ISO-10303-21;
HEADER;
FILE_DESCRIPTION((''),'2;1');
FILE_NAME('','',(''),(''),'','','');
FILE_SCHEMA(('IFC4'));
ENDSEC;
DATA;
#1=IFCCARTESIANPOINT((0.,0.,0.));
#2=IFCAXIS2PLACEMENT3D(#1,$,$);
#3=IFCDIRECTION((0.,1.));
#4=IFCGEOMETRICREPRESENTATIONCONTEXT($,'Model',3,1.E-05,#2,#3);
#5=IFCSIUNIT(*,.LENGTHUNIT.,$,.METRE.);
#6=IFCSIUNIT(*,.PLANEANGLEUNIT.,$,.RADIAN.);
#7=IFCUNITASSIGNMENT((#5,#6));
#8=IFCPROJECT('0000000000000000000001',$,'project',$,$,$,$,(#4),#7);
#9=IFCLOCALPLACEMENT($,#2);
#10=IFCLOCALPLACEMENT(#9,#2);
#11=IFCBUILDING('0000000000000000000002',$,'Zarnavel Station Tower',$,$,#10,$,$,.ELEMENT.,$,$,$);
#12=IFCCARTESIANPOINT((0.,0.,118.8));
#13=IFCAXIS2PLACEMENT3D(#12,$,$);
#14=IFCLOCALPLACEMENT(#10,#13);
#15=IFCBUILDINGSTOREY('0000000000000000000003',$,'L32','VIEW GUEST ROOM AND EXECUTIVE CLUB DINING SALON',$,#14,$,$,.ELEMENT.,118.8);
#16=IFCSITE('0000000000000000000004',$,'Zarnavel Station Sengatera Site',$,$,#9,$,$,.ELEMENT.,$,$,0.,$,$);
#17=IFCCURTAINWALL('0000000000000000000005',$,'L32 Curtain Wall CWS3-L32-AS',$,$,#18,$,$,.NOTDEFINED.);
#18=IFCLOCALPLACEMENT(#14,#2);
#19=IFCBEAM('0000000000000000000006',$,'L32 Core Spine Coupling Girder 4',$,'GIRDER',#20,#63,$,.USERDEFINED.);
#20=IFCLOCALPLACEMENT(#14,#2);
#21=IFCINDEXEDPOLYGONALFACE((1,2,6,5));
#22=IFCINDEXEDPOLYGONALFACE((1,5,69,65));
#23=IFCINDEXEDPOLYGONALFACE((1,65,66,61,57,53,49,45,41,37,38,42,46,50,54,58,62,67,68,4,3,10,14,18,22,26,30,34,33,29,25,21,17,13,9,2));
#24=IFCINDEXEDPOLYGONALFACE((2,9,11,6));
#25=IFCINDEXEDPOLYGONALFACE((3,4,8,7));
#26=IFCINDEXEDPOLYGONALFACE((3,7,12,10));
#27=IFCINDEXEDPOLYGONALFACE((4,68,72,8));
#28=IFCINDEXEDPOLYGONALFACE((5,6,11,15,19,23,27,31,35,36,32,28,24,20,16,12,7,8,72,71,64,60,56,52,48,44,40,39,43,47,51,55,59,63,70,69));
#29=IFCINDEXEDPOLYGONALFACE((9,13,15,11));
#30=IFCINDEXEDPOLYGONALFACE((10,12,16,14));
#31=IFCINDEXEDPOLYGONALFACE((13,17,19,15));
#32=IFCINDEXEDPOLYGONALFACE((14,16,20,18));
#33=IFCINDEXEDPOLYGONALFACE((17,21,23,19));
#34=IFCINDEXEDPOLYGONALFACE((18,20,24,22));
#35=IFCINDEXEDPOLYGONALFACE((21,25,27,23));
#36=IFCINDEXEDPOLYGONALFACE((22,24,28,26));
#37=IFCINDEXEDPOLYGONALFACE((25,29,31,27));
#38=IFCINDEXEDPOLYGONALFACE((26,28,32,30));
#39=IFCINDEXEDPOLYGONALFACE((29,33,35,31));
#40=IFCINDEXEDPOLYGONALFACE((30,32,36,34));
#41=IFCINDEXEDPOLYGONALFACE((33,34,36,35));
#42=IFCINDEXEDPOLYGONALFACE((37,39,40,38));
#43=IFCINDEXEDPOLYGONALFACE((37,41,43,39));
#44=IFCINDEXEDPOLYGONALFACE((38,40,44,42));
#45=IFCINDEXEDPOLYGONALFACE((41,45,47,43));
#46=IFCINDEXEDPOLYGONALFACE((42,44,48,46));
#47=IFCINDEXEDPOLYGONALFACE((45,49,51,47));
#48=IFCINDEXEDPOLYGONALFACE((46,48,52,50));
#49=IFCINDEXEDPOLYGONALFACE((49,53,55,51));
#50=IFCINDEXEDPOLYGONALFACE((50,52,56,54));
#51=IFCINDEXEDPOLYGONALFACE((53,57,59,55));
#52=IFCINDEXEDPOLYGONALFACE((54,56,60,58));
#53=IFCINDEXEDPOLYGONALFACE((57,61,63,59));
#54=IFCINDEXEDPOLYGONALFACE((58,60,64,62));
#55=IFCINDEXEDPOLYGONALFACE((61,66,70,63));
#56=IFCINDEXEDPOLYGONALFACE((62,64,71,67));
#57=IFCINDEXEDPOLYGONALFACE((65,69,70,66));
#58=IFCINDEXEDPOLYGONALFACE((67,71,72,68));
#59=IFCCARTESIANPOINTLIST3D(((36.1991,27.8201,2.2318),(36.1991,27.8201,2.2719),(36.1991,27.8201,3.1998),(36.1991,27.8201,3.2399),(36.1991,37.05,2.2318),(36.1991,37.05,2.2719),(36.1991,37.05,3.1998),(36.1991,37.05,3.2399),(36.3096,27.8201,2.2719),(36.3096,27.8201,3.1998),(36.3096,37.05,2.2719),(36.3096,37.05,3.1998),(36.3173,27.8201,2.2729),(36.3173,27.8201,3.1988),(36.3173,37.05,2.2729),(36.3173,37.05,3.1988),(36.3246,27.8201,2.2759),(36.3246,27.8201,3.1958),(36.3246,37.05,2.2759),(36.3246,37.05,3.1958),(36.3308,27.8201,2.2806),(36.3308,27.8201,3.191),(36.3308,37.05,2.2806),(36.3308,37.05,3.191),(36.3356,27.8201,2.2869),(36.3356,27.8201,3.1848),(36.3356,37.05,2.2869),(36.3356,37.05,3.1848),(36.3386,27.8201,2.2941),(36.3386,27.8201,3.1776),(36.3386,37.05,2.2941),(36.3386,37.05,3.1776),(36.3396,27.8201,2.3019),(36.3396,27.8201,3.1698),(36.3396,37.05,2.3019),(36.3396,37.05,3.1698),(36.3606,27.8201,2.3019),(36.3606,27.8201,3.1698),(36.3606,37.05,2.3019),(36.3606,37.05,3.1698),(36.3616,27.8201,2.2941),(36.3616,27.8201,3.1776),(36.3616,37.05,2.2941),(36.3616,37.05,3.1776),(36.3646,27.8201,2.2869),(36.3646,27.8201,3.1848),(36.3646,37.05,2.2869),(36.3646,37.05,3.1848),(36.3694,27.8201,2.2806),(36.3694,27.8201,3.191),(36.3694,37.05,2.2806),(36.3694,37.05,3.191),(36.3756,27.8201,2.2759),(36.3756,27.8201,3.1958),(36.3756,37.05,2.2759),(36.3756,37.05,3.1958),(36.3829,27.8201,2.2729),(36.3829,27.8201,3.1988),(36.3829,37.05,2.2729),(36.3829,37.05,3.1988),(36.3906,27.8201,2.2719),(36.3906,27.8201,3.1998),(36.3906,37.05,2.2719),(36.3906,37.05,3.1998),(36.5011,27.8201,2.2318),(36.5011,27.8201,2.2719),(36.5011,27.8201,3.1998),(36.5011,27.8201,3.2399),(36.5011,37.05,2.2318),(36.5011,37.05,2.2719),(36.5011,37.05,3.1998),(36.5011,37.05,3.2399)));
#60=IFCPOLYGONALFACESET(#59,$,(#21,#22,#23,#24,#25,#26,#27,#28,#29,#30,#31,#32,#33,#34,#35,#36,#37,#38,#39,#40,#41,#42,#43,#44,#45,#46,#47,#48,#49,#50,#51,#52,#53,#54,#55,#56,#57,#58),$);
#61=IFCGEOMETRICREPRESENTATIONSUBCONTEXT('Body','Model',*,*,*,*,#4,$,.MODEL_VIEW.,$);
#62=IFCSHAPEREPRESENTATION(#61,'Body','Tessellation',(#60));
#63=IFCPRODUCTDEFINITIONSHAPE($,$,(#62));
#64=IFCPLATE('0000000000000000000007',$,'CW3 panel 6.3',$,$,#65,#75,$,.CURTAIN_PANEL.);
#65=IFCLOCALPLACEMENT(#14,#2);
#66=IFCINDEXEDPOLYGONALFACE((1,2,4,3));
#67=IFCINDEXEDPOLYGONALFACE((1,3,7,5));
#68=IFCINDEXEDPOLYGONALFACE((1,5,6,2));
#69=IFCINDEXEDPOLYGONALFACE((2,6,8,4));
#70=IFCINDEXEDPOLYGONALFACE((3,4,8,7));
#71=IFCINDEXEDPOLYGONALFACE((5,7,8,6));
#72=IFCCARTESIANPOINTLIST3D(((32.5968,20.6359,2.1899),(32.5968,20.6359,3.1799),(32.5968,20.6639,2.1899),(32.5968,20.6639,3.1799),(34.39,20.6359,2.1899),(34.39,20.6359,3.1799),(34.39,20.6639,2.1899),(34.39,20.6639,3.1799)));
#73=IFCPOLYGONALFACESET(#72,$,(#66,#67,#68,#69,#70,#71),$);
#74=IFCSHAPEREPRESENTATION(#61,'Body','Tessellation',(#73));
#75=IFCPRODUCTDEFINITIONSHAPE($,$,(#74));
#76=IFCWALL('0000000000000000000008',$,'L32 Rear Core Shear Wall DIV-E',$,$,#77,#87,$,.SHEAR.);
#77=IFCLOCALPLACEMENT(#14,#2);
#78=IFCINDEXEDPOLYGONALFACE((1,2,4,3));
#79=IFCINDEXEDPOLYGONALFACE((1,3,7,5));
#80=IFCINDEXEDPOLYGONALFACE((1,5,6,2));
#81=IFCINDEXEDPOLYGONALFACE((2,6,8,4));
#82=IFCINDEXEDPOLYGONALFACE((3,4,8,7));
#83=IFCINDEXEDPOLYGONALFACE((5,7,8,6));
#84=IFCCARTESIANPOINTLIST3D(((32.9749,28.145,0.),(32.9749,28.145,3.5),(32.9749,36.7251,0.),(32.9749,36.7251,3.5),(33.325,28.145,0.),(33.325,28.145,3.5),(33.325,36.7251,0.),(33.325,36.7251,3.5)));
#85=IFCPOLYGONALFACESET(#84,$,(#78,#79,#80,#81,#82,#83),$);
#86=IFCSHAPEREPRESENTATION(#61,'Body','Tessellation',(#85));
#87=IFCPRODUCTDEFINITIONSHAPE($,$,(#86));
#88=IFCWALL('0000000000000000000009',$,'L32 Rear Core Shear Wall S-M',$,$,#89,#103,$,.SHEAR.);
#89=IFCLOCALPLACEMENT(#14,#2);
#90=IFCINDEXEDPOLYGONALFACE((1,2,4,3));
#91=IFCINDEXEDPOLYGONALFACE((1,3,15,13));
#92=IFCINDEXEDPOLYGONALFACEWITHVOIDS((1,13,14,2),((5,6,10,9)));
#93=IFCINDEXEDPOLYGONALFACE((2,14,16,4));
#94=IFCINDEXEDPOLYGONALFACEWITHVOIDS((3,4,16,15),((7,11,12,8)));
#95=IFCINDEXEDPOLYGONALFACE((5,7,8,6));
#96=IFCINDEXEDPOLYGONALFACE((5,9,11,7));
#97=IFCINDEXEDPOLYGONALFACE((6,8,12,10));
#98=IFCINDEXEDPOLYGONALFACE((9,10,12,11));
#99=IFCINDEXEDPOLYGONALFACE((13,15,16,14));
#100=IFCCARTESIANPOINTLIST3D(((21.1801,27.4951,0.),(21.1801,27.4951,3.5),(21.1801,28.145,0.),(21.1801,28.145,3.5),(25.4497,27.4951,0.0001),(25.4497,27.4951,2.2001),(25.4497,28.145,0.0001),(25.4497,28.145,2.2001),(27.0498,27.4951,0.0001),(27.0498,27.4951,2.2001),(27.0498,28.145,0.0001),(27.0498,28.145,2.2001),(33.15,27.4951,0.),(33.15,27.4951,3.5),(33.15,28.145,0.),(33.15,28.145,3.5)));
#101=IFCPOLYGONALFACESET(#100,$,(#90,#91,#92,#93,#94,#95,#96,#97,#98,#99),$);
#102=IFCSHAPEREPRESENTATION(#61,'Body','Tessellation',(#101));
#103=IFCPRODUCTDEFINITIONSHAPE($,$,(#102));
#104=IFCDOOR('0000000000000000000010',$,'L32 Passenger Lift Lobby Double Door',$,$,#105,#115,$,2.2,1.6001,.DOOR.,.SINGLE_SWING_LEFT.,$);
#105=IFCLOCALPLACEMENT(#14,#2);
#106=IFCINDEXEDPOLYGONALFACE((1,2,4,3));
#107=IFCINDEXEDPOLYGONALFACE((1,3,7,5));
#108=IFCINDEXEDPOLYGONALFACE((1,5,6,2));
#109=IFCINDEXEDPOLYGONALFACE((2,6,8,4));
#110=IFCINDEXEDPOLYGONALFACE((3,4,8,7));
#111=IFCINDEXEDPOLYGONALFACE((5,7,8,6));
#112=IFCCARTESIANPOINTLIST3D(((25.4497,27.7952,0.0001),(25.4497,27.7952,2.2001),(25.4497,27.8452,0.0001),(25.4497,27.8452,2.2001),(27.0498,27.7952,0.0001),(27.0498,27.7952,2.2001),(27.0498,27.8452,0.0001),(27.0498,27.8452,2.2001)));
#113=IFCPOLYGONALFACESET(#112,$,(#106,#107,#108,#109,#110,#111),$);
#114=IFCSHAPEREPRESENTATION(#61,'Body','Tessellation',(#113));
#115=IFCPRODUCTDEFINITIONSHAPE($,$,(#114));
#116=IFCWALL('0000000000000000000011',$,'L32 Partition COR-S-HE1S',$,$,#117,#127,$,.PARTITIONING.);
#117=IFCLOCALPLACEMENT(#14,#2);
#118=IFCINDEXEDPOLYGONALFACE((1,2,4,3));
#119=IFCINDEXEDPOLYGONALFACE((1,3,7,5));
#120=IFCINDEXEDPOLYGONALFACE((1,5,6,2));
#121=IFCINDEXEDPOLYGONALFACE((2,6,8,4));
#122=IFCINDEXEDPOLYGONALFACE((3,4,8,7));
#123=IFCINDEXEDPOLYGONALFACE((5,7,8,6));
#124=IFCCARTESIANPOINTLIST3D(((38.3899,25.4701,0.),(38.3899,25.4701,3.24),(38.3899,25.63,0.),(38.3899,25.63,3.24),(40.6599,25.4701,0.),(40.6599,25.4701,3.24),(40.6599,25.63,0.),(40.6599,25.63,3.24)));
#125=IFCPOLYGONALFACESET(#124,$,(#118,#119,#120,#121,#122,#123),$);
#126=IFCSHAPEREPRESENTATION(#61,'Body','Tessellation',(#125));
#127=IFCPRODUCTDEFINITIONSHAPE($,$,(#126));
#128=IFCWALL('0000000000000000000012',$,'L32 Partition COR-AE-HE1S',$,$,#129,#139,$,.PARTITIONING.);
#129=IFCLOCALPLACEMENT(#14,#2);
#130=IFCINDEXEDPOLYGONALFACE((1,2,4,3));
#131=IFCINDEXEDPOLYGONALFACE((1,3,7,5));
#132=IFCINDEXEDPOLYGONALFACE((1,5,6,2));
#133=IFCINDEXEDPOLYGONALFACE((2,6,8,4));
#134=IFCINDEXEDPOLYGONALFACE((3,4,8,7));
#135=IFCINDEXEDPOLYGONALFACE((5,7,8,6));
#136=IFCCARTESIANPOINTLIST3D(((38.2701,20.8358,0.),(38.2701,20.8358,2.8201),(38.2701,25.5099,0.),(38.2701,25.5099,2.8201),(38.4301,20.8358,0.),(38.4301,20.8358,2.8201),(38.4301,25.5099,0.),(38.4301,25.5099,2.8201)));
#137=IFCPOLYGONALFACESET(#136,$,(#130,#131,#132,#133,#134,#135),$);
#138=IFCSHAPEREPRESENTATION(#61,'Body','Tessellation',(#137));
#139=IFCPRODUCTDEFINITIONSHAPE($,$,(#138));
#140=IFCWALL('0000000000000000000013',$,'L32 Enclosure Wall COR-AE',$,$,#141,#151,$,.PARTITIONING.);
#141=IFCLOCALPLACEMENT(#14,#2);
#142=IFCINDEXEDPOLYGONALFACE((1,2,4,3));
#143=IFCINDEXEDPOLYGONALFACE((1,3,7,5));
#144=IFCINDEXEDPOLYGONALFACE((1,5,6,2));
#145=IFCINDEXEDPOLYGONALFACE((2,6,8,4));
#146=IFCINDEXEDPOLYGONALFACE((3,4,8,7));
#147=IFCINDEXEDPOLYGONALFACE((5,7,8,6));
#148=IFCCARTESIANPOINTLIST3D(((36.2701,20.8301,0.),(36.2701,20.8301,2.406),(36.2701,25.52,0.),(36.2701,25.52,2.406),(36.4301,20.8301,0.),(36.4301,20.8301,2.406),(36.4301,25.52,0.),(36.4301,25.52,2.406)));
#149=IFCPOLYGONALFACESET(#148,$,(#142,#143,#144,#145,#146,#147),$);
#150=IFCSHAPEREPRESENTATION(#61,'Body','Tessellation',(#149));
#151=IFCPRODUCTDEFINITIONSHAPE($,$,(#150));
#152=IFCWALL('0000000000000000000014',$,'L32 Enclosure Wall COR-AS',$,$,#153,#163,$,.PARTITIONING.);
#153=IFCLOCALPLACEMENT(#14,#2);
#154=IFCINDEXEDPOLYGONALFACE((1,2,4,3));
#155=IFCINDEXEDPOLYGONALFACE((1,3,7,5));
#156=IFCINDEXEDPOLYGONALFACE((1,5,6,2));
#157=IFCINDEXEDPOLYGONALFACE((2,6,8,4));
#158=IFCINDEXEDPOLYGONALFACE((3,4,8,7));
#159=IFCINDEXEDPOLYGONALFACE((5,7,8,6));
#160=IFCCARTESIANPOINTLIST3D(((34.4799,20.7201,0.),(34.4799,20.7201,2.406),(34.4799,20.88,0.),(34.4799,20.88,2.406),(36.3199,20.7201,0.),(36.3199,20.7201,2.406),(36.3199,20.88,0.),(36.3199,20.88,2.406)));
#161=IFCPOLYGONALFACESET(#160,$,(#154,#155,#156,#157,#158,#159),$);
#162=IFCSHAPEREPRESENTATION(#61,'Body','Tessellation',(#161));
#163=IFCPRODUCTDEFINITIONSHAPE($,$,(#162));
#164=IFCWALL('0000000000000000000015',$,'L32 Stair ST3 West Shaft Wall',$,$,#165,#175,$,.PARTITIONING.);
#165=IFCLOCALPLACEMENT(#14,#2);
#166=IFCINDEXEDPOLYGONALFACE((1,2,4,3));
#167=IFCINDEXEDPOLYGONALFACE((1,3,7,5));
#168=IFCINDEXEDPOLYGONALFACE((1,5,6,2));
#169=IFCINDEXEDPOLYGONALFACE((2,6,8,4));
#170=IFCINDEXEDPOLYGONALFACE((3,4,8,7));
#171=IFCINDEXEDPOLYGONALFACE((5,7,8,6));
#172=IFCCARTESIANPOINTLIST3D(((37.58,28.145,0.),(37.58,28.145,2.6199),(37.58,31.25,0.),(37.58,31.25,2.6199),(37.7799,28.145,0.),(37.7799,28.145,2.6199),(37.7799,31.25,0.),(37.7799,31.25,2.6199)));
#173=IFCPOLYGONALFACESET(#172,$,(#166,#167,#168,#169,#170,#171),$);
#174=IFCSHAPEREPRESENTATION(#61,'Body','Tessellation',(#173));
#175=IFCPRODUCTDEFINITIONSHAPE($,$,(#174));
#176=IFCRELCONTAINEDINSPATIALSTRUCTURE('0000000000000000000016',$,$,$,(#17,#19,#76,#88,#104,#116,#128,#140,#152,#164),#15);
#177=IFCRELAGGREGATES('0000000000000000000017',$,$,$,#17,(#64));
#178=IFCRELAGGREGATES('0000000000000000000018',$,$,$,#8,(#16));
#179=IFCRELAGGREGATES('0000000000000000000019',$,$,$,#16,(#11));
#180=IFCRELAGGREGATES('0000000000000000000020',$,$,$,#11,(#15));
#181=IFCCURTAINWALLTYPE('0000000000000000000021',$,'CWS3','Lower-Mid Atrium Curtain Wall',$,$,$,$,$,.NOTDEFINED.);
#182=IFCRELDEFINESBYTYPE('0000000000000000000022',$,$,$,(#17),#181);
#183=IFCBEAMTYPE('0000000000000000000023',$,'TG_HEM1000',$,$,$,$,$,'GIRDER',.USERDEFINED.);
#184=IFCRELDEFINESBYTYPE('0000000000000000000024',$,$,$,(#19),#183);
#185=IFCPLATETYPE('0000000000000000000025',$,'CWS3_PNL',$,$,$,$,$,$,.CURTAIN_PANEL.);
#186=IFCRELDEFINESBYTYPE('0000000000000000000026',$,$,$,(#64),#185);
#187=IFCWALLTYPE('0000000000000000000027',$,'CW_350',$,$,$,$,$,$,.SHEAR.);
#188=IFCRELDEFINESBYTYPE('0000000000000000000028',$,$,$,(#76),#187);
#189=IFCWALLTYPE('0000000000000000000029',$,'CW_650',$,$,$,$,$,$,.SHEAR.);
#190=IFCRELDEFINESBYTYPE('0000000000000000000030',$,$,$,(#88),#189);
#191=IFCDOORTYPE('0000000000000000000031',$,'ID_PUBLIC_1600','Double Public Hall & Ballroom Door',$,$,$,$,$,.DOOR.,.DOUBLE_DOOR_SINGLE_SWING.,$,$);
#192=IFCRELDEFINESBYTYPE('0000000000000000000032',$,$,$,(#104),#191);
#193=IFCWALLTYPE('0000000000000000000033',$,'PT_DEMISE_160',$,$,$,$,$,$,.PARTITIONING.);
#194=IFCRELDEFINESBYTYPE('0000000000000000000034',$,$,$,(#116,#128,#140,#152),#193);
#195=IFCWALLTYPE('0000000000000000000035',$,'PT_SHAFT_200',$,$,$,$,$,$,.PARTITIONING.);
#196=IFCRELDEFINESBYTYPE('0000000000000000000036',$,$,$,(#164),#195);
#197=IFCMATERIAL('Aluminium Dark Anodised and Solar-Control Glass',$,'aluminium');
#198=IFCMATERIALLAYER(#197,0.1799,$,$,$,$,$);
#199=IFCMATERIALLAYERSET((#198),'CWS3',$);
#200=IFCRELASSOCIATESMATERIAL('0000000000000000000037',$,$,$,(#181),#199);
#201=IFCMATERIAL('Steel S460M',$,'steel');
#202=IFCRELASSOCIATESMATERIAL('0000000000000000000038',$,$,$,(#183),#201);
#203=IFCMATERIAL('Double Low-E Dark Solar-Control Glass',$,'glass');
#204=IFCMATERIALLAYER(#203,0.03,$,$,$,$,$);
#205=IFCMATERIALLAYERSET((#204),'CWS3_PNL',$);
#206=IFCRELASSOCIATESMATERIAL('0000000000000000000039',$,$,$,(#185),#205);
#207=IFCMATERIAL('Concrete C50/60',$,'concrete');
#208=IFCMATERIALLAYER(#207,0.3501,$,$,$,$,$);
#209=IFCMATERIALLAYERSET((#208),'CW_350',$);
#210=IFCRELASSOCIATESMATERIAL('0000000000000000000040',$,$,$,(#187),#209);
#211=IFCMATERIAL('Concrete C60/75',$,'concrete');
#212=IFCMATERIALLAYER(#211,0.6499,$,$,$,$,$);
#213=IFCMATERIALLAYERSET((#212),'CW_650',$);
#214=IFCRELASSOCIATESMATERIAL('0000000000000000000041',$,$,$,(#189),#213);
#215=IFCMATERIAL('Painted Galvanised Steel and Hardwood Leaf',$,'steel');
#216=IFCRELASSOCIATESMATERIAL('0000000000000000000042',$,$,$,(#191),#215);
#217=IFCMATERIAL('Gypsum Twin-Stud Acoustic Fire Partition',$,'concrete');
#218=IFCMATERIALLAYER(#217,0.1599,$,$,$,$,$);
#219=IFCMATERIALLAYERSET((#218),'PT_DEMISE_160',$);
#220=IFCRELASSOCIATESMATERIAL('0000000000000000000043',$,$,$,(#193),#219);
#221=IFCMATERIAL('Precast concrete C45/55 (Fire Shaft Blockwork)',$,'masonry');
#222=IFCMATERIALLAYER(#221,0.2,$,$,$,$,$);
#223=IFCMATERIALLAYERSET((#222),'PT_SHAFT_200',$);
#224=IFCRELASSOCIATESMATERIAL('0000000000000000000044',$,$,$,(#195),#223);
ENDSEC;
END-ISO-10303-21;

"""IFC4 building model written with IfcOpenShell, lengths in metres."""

from ifc_helpers import new_model, si_unit, direction, frame, frame_2d, origin, origin_2d, place, context, subcontext, project, spatial, rectangle, i_section, extrude, material, layer, layer_set, material_profile, profile_set, type_object, element, fill, aggregate, save


model = new_model("IFC4")

# Units and contexts
model_context = context("Model", 3, precision=1e-05, world=origin(), true_north=direction((0.0, 1.0)))
body_context = subcontext(model_context, "Body", "Model", "MODEL_VIEW")
ifc_project = project(units=[si_unit("LENGTHUNIT", "METRE"), si_unit("PLANEANGLEUNIT", "RADIAN")], contexts=[model_context])

# Site, building, storey
site_placement = place(None, origin())
site = spatial("IfcSite", under=ifc_project, at=site_placement, Name="Zarnavel Station Sengatera Site", CompositionType="ELEMENT", RefElevation=0.0)
building_placement = place(site_placement, origin())
building = spatial("IfcBuilding", under=site, at=building_placement, Name="Zarnavel Station Tower", CompositionType="ELEMENT")
storey_placement = place(building_placement, frame((0.0, 0.0, 118.8)))
storey = spatial("IfcBuildingStorey", under=building, at=storey_placement, Name="L32", Description="VIEW GUEST ROOM AND EXECUTIVE CLUB DINING SALON", CompositionType="ELEMENT", Elevation=118.8)

# Curtain wall
ifc_material_1 = material(Name="Aluminium Dark Anodised and Solar-Control Glass", Category="aluminium")
ifc_layer_1 = layer(ifc_material_1, 0.1799)
ifc_layer_set_1 = layer_set([ifc_layer_1], Name="CWS3")
curtain_wall_type = type_object("IfcCurtainWallType", Name="CWS3", Description="Lower-Mid Atrium Curtain Wall", PredefinedType="NOTDEFINED", material=ifc_layer_set_1)
curtain_wall_placement = place(storey_placement, origin())
curtain_wall = element("IfcCurtainWall", 1, at=curtain_wall_placement, inside=storey, type_object=curtain_wall_type, Name="L32 Curtain Wall CWS3-L32-AS", PredefinedType="NOTDEFINED")

# Beam
ifc_material_2 = material(Name="Steel S460M", Category="steel")
ifc_material_profile_1 = material_profile(ifc_material_2, i_section(OverallWidth=0.302, OverallDepth=1.0081, WebThickness=0.021, FlangeThickness=0.04, FilletRadius=0.03, at=origin_2d()), Name="HEM1000")
ifc_profile_set_1 = profile_set([ifc_material_profile_1], Name="Steel S460M")
beam_type_1 = type_object("IfcBeamType", Name="TG_HEM1000", ElementType="GIRDER", PredefinedType="USERDEFINED", material=ifc_profile_set_1)
for number, where, z_axis, x_axis, name in (
    (2, (36.3501, 27.8201, 2.7358), (0.0, 1.0, 0.0), (-1.0, 0.0, 0.0), "L32 Core Spine Coupling Girder 4"),
):
    element("IfcBeam", number, at=place(storey_placement, frame(where, z_axis=z_axis, x_axis=x_axis)), inside=storey, type_object=beam_type_1, Name=name, ObjectType="GIRDER", PredefinedType="USERDEFINED", context=body_context, shape_type="SweptSolid", body=[
        extrude(i_section(OverallWidth=0.302, OverallDepth=1.0081, WebThickness=0.021, FlangeThickness=0.04, FilletRadius=0.03, at=origin_2d()), origin(), (0.0, 0.0, 1.0), 9.23),
    ])

# Plate
ifc_material_3 = material(Name="Double Low-E Dark Solar-Control Glass", Category="glass")
ifc_layer_2 = layer(ifc_material_3, 0.03)
ifc_layer_set_2 = layer_set([ifc_layer_2], Name="CWS3_PNL")
plate_type = type_object("IfcPlateType", Name="CWS3_PNL", PredefinedType="CURTAIN_PANEL", material=ifc_layer_set_2)
plate_placement = place(storey_placement, frame((33.4934, 20.6499, 2.1899), z_axis=(0.0, 0.0, 1.0), x_axis=(1.0, 0.0, 0.0)))
plate = element("IfcPlate", 3, at=plate_placement, type_object=plate_type, Name="CW3 panel 6.3", PredefinedType="CURTAIN_PANEL", context=body_context, shape_type="SweptSolid", body=[
    extrude(rectangle(XDim=1.7932, YDim=0.0281, at=origin_2d()), origin(), (0.0, 0.0, 1.0), 0.99),
])
aggregate(curtain_wall, [plate])

# Wall
ifc_material_4 = material(Name="Concrete C50/60", Category="concrete")
ifc_layer_3 = layer(ifc_material_4, 0.3501)
ifc_layer_set_3 = layer_set([ifc_layer_3], Name="CW_350")
wall_type_1 = type_object("IfcWallType", Name="CW_350", PredefinedType="SHEAR", material=ifc_layer_set_3)
wall_1_placement = place(storey_placement, frame((33.1499, 28.145, 0.0), z_axis=(0.0, 0.0, 1.0), x_axis=(0.0, 1.0, 0.0)))
element("IfcWall", 4, at=wall_1_placement, inside=storey, type_object=wall_type_1, Name="L32 Rear Core Shear Wall DIV-E", PredefinedType="SHEAR", context=body_context, shape_type="SweptSolid", body=[
    extrude(rectangle(XDim=8.5801, YDim=0.3501, at=frame_2d((4.29, 0.0))), origin(), (0.0, 0.0, 1.0), 3.5),
])

# Wall, opening, door
ifc_material_5 = material(Name="Concrete C60/75", Category="concrete")
ifc_layer_4 = layer(ifc_material_5, 0.6499)
ifc_layer_set_4 = layer_set([ifc_layer_4], Name="CW_650")
wall_type_2 = type_object("IfcWallType", Name="CW_650", PredefinedType="SHEAR", material=ifc_layer_set_4)
wall_2_placement = place(storey_placement, frame((33.1499, 27.8201, 0.0), z_axis=(0.0, 0.0, 1.0), x_axis=(-1.0, 0.0, 0.0)))
wall_2 = element("IfcWall", 5, at=wall_2_placement, inside=storey, type_object=wall_type_2, Name="L32 Rear Core Shear Wall S-M", PredefinedType="SHEAR", context=body_context, shape_type="SweptSolid", body=[
    extrude(rectangle(XDim=11.97, YDim=0.6499, at=frame_2d((5.9849, 0.0))), origin(), (0.0, 0.0, 1.0), 3.5),
])
opening_1_placement = place(wall_2_placement, frame((6.1001, 0.0, 0.0)))
opening_1 = element("IfcOpeningElement", 6, at=opening_1_placement, cuts=wall_2, PredefinedType="OPENING", context=body_context, shape_type="SweptSolid", body=[
    extrude(rectangle(XDim=1.6001, YDim=2.2, at=frame_2d((0.8, 1.1001))), frame((0.0, 0.335, 0.0), z_axis=(0.0, -1.0, 0.0), x_axis=(1.0, 0.0, 0.0)), (0.0, 0.0, 1.0), 0.6699),
])
ifc_material_6 = material(Name="Painted Galvanised Steel and Hardwood Leaf", Category="steel")
door_type_1 = type_object("IfcDoorType", Name="ID_PUBLIC_1600", Description="Double Public Hall & Ballroom Door", OperationType="DOUBLE_DOOR_SINGLE_SWING", PredefinedType="DOOR", material=ifc_material_6)
door_1_placement = place(opening_1_placement, origin())
door_1 = element("IfcDoor", 7, at=door_1_placement, inside=storey, type_object=door_type_1, Name="L32 Passenger Lift Lobby Double Door", OperationType="SINGLE_SWING_LEFT", OverallHeight=2.2, OverallWidth=1.6001, PredefinedType="DOOR", context=body_context, shape_type="SweptSolid", body=[
    extrude(rectangle(XDim=1.6001, YDim=2.2, at=frame_2d((0.8, 1.1001))), frame((0.0, 0.0249, 0.0), z_axis=(0.0, -1.0, 0.0), x_axis=(1.0, 0.0, 0.0)), (0.0, 0.0, 1.0), 0.05),
])
fill(opening_1, door_1)

# Walls
ifc_material_7 = material(Name="Gypsum Twin-Stud Acoustic Fire Partition", Category="concrete")
ifc_layer_5 = layer(ifc_material_7, 0.1599)
ifc_layer_set_5 = layer_set([ifc_layer_5], Name="PT_DEMISE_160")
wall_type_3 = type_object("IfcWallType", Name="PT_DEMISE_160", PredefinedType="PARTITIONING", material=ifc_layer_set_5)
wall_3_placement = place(storey_placement, frame((38.3899, 25.55, 0.0), z_axis=(0.0, 0.0, 1.0), x_axis=(1.0, 0.0, 0.0)))
element("IfcWall", 8, at=wall_3_placement, inside=storey, type_object=wall_type_3, Name="L32 Partition COR-S-HE1S", PredefinedType="PARTITIONING", context=body_context, shape_type="SweptSolid", body=[
    extrude(rectangle(XDim=2.27, YDim=0.1599, at=frame_2d((1.135, 0.0))), origin(), (0.0, 0.0, 1.0), 3.24),
])
wall_4_placement = place(storey_placement, frame((38.3501, 20.8359, 0.0), z_axis=(0.0, 0.0, 1.0), x_axis=(0.0, 1.0, 0.0)))
element("IfcWall", 9, at=wall_4_placement, inside=storey, type_object=wall_type_3, Name="L32 Partition COR-AE-HE1S", PredefinedType="PARTITIONING", context=body_context, shape_type="SweptSolid", body=[
    extrude(rectangle(XDim=4.6741, YDim=0.1599, at=frame_2d((2.3369, 0.0))), origin(), (0.0, 0.0, 1.0), 2.8201),
])
wall_5_placement = place(storey_placement, frame((36.3501, 20.8301, 0.0), z_axis=(0.0, 0.0, 1.0), x_axis=(0.0, 1.0, 0.0)))
element("IfcWall", 10, at=wall_5_placement, inside=storey, type_object=wall_type_3, Name="L32 Enclosure Wall COR-AE", PredefinedType="PARTITIONING", context=body_context, shape_type="SweptSolid", body=[
    extrude(rectangle(XDim=4.6899, YDim=0.1599, at=frame_2d((2.345, 0.0))), origin(), (0.0, 0.0, 1.0), 2.406),
])
wall_6_placement = place(storey_placement, frame((34.48, 20.8, 0.0), z_axis=(0.0, 0.0, 1.0), x_axis=(1.0, 0.0, 0.0)))
element("IfcWall", 11, at=wall_6_placement, inside=storey, type_object=wall_type_3, Name="L32 Enclosure Wall COR-AS", PredefinedType="PARTITIONING", context=body_context, shape_type="SweptSolid", body=[
    extrude(rectangle(XDim=1.8401, YDim=0.1599, at=frame_2d((0.9199, 0.0))), origin(), (0.0, 0.0, 1.0), 2.406),
])
ifc_material_8 = material(Name="Precast concrete C45/55 (Fire Shaft Blockwork)", Category="masonry")
ifc_layer_6 = layer(ifc_material_8, 0.2)
ifc_layer_set_6 = layer_set([ifc_layer_6], Name="PT_SHAFT_200")
wall_type_4 = type_object("IfcWallType", Name="PT_SHAFT_200", PredefinedType="PARTITIONING", material=ifc_layer_set_6)
wall_7_placement = place(storey_placement, frame((37.6799, 28.145, 0.0), z_axis=(0.0, 0.0, 1.0), x_axis=(0.0, 1.0, 0.0)))
element("IfcWall", 12, at=wall_7_placement, inside=storey, type_object=wall_type_4, Name="L32 Stair ST3 West Shaft Wall", PredefinedType="PARTITIONING", context=body_context, shape_type="SweptSolid", body=[
    extrude(rectangle(XDim=3.105, YDim=0.2, at=frame_2d((1.5525, 0.0))), origin(), (0.0, 0.0, 1.0), 2.6199),
])

save(model, "model.ifc")
